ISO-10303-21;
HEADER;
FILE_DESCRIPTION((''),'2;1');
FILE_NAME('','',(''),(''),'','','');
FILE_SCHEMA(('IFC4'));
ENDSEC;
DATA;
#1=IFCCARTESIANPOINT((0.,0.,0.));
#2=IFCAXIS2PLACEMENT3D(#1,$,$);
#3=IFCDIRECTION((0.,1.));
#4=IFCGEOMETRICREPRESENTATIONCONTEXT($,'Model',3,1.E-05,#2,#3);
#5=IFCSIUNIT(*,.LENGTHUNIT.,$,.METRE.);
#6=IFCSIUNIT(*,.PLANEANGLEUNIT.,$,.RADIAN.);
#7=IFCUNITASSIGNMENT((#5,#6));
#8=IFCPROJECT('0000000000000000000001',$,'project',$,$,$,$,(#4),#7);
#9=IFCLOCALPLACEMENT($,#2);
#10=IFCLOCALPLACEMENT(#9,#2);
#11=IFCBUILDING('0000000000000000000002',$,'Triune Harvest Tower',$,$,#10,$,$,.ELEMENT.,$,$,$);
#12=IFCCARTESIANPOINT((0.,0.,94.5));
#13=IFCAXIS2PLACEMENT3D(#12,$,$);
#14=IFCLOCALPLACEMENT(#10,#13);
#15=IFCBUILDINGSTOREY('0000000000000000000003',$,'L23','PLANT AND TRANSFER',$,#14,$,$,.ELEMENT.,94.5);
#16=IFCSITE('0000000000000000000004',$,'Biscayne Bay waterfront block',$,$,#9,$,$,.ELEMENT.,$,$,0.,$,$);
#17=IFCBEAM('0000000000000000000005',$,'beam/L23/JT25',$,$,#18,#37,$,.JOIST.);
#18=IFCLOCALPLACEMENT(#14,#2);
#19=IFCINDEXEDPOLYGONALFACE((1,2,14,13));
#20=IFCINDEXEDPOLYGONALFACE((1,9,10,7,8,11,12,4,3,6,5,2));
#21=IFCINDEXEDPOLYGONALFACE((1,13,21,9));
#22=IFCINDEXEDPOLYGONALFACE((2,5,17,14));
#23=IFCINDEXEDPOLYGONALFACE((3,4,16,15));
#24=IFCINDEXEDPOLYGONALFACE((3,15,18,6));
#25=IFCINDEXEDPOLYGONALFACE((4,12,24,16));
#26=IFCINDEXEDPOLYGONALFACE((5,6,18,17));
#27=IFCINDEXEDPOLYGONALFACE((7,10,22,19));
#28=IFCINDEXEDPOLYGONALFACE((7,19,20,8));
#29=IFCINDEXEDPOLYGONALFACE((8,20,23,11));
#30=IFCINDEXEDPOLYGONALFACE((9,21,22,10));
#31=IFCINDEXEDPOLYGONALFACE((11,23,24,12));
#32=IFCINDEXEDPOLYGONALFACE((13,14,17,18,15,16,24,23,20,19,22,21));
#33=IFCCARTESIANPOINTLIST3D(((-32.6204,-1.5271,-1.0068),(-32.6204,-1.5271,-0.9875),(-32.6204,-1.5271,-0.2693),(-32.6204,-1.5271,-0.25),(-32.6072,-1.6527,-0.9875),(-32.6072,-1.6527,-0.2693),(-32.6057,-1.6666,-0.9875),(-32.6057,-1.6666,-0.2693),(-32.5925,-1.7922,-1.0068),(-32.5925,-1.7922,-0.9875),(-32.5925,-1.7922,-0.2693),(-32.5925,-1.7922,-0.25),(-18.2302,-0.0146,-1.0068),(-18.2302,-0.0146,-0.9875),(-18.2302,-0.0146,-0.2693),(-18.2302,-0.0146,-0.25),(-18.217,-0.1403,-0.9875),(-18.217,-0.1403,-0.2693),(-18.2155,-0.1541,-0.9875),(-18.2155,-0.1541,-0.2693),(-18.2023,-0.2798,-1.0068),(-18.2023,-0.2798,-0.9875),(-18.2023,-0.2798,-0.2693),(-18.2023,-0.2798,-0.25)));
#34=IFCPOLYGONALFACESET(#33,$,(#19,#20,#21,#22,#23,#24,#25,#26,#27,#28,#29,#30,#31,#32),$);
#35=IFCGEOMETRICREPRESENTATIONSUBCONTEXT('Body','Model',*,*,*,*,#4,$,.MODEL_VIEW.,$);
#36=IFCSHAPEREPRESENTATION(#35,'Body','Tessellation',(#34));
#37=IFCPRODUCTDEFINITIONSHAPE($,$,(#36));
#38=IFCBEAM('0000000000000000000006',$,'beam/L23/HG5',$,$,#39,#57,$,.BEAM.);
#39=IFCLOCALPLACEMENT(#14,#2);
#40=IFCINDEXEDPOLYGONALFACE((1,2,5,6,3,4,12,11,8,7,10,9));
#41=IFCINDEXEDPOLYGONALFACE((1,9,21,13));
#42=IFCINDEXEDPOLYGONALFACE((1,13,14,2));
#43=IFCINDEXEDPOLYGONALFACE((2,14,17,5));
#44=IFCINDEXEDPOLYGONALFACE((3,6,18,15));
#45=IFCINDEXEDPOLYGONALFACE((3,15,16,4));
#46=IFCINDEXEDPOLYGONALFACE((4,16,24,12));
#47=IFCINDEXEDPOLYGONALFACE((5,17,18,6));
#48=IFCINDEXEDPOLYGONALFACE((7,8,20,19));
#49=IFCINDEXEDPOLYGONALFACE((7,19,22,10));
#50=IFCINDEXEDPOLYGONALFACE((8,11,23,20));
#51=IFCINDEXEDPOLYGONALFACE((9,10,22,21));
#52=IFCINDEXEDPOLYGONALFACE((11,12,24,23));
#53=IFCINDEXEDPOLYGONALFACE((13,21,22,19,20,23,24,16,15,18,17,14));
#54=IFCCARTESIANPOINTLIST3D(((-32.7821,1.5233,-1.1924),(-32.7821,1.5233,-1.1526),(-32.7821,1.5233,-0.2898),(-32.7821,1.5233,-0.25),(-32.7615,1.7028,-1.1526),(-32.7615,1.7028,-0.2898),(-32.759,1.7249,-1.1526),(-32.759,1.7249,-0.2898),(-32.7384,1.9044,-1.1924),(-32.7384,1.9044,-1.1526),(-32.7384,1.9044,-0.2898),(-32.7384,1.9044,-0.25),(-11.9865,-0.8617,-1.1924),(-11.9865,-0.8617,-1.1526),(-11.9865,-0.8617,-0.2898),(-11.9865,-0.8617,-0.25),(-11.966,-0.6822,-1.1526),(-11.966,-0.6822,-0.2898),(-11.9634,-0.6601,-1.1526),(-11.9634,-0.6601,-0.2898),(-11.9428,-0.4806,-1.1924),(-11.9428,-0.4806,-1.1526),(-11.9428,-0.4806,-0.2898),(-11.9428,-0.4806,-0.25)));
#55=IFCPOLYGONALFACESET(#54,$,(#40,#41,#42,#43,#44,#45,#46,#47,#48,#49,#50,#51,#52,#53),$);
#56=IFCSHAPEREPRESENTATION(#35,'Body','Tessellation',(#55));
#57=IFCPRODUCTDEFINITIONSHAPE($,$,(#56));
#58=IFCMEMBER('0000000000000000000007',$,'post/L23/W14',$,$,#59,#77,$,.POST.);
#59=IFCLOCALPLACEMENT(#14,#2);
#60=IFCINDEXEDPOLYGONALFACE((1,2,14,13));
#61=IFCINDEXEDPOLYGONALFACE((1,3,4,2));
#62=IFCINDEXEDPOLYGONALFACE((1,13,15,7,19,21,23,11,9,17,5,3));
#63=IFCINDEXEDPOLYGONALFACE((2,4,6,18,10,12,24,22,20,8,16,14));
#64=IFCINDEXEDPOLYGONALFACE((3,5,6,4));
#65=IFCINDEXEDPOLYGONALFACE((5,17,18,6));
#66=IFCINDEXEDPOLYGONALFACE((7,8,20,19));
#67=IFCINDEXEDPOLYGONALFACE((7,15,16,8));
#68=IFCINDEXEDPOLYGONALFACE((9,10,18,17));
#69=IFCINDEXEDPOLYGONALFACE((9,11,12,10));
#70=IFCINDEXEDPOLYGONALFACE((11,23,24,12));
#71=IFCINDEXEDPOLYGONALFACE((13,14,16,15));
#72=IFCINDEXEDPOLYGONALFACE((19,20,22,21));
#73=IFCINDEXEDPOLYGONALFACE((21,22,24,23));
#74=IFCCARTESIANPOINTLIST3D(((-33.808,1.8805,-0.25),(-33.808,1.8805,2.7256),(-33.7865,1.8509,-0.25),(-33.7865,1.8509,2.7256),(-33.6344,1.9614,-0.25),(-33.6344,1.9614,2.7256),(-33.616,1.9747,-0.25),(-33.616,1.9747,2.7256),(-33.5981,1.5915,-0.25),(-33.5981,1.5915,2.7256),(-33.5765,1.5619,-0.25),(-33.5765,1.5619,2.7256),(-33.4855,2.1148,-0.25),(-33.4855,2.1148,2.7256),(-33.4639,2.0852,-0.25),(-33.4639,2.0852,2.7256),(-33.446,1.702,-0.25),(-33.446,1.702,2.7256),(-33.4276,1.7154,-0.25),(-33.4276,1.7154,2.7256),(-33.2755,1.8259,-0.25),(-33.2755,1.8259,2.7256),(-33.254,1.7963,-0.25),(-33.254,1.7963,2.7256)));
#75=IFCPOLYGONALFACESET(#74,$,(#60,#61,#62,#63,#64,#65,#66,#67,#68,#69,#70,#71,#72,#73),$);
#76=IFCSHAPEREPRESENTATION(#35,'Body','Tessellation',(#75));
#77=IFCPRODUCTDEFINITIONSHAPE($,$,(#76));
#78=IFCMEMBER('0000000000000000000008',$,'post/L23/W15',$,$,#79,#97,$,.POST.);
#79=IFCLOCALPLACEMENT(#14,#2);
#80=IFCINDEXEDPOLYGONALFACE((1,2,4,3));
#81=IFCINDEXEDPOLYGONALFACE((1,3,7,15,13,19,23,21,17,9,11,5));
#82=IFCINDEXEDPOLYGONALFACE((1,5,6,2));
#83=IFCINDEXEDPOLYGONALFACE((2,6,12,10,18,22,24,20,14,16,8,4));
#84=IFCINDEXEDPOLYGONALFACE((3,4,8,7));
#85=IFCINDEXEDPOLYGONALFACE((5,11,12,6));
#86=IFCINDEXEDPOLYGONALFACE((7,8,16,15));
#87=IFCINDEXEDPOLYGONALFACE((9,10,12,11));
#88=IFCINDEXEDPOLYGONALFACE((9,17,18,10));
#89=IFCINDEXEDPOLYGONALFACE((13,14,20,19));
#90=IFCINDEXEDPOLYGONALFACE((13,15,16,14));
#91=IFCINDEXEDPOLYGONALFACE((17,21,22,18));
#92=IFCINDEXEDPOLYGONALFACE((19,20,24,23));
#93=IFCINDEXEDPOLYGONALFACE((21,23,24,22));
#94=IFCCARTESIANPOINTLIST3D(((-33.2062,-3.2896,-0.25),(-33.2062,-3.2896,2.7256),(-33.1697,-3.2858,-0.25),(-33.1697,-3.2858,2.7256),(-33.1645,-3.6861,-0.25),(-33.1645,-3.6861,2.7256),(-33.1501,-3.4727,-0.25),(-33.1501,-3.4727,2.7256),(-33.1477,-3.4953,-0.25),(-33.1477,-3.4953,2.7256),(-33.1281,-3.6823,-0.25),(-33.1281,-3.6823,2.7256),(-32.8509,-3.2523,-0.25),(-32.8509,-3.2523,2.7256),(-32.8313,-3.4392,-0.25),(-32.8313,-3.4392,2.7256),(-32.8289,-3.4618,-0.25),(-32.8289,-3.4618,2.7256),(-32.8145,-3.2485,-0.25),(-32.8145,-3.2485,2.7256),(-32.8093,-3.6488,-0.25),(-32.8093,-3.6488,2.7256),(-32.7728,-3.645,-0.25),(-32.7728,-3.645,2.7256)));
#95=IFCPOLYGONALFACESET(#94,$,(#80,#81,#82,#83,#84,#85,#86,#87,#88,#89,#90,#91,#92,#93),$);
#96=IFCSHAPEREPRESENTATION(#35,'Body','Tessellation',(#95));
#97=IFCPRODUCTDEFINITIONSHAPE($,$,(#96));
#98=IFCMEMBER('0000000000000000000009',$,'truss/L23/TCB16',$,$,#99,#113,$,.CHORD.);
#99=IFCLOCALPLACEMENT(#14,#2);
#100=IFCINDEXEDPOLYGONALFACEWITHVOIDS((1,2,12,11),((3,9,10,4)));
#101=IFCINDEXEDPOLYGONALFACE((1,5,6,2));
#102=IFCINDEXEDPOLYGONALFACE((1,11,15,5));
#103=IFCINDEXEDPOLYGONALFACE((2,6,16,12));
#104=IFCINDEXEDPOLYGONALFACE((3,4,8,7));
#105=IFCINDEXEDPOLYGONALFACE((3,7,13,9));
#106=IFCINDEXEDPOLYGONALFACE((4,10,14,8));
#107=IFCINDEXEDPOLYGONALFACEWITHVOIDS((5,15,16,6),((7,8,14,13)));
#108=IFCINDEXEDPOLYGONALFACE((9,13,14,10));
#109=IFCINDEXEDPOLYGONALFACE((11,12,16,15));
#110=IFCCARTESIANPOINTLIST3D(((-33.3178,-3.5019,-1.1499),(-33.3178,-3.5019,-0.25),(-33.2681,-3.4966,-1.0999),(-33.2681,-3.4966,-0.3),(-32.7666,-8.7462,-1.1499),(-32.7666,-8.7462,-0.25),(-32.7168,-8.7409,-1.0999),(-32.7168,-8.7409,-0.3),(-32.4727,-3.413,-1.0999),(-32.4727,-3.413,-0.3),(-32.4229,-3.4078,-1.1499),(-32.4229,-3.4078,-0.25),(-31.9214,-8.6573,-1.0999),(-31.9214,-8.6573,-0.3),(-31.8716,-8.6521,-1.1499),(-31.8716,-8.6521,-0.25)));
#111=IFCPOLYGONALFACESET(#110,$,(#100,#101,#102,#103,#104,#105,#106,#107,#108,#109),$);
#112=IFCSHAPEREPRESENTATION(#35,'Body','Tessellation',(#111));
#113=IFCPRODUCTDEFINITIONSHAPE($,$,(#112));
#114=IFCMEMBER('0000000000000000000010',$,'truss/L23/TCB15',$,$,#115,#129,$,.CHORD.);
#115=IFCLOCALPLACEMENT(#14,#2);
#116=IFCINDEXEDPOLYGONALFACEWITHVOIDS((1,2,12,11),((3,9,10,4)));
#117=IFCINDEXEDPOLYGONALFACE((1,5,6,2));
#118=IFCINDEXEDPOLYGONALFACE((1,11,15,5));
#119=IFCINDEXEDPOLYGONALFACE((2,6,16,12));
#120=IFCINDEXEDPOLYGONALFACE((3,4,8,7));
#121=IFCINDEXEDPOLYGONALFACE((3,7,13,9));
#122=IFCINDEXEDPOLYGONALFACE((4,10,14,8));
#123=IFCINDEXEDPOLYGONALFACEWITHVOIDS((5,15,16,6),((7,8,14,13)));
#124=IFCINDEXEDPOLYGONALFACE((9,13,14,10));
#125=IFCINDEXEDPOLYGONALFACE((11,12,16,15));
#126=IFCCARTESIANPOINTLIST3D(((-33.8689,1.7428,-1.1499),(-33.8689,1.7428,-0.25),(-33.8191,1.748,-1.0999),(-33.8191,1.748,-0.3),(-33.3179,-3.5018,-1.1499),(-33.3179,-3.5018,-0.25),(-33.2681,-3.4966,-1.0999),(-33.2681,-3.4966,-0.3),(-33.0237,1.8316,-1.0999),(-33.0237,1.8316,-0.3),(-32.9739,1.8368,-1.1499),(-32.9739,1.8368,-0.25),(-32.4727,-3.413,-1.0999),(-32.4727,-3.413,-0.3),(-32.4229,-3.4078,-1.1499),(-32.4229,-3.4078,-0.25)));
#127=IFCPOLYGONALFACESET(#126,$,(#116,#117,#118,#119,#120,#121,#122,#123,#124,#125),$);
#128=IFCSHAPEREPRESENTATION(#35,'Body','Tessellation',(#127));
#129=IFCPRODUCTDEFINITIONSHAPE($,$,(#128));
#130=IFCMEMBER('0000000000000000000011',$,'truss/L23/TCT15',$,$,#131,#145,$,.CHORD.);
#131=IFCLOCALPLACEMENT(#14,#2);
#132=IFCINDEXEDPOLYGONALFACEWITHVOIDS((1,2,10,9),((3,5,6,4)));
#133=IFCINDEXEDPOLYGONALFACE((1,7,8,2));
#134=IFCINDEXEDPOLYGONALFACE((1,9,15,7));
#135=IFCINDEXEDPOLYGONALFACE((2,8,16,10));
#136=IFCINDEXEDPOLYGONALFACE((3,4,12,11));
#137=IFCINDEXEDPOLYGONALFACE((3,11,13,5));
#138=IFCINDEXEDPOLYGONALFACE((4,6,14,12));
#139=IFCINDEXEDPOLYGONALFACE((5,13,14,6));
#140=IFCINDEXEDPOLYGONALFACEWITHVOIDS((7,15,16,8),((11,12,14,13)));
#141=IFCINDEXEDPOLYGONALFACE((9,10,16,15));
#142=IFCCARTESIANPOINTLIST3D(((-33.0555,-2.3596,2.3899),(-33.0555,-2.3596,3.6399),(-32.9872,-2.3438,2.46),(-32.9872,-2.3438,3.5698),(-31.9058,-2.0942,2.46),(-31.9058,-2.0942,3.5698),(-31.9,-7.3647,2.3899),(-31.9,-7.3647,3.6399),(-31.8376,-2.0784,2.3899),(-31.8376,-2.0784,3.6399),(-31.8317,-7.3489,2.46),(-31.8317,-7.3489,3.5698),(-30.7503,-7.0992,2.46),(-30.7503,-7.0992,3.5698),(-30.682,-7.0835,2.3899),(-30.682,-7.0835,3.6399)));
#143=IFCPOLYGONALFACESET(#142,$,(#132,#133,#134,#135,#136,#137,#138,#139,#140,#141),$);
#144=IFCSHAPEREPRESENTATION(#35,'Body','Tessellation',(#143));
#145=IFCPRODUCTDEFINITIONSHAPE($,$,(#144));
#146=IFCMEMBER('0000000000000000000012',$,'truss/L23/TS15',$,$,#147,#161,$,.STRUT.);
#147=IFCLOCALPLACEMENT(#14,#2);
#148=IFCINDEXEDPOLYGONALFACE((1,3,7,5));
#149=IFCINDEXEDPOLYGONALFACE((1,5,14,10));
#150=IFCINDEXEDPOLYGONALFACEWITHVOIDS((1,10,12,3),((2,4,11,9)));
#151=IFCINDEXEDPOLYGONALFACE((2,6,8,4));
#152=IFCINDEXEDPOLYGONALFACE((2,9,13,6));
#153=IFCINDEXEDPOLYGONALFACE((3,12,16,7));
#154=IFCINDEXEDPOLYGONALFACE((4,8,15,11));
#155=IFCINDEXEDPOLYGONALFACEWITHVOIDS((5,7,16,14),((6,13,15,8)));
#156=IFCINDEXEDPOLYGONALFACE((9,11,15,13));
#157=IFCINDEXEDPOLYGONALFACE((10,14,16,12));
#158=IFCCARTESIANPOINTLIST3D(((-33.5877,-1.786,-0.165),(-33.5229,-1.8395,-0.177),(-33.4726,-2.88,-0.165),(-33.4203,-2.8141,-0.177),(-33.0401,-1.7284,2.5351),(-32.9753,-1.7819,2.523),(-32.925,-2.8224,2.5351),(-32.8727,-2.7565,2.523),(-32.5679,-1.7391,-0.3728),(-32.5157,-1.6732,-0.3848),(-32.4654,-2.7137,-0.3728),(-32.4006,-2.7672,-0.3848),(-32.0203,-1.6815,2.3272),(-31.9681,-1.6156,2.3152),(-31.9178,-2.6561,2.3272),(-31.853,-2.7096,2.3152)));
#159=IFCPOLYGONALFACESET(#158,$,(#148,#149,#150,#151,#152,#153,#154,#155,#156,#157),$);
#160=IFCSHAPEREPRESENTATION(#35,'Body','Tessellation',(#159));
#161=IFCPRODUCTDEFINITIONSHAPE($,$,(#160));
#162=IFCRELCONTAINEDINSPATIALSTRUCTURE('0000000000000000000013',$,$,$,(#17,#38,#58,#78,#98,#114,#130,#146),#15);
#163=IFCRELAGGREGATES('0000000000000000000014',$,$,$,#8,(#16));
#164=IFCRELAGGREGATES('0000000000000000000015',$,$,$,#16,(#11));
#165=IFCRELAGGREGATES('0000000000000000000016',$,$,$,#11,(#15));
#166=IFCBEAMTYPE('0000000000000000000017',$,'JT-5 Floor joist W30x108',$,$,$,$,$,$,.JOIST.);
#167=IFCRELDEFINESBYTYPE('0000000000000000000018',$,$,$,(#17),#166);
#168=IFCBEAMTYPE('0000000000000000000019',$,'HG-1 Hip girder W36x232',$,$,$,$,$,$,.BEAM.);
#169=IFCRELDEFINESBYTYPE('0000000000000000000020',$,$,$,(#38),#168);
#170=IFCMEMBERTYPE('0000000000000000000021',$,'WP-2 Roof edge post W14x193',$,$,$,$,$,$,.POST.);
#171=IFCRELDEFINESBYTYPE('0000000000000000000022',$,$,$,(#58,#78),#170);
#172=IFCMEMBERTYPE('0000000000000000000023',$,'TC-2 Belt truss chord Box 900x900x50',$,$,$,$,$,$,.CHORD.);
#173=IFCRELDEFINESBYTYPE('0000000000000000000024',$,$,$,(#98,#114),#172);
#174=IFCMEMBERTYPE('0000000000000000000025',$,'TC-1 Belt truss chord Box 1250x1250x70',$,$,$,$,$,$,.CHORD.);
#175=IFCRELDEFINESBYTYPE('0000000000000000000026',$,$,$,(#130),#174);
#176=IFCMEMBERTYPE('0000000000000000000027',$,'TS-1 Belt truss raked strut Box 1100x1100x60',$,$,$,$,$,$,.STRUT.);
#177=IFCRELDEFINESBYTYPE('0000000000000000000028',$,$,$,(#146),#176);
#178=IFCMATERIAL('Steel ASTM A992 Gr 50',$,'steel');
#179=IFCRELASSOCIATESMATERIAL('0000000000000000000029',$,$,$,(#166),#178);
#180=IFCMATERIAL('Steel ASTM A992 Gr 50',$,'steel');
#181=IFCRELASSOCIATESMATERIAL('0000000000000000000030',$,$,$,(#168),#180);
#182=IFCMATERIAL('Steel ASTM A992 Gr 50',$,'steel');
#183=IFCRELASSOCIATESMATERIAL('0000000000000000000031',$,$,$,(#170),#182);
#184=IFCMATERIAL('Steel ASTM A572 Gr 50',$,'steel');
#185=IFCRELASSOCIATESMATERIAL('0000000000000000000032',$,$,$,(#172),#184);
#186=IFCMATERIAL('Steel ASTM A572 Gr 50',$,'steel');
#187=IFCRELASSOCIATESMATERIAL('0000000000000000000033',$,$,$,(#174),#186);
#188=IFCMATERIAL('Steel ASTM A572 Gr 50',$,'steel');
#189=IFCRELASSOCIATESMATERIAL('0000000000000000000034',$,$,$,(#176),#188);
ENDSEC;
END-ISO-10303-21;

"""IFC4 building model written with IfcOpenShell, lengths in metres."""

from ifc_helpers import new_model, si_unit, direction, frame, origin, origin_2d, place, context, subcontext, project, spatial, hollow_rectangle, i_section, extrude, source, transform, mapped, material, material_profile, profile_set, type_object, element, save


model = new_model("IFC4")

# Units and contexts
model_context = context("Model", 3, precision=1e-05, world=origin(), true_north=direction((0.0, 1.0)))
body_context = subcontext(model_context, "Body", "Model", "MODEL_VIEW")
ifc_project = project(units=[si_unit("LENGTHUNIT", "METRE"), si_unit("PLANEANGLEUNIT", "RADIAN")], contexts=[model_context])

# Site, building, storey
site_placement = place(None, origin())
site = spatial("IfcSite", under=ifc_project, at=site_placement, Name="Biscayne Bay waterfront block", CompositionType="ELEMENT", RefElevation=0.0)
building_placement = place(site_placement, origin())
building = spatial("IfcBuilding", under=site, at=building_placement, Name="Triune Harvest Tower", CompositionType="ELEMENT")
storey_placement = place(building_placement, frame((0.0, 0.0, 94.5)))
storey = spatial("IfcBuildingStorey", under=building, at=storey_placement, Name="L23", Description="PLANT AND TRANSFER", CompositionType="ELEMENT", Elevation=94.5)

# Beams
ifc_material_1 = material(Name="Steel ASTM A992 Gr 50", Category="steel")
ifc_material_profile_1 = material_profile(ifc_material_1, i_section(OverallWidth=0.2666, OverallDepth=0.7568, WebThickness=0.0139, FlangeThickness=0.0193, at=origin_2d()), Name="W30x108")
ifc_profile_set_1 = profile_set([ifc_material_profile_1], Name="Steel ASTM A992 Gr 50")
beam_type_1 = type_object("IfcBeamType", Name="JT-5 Floor joist W30x108", PredefinedType="JOIST", material=ifc_profile_set_1)
beam_1_placement = place(storey_placement, frame((-32.6064, -1.6597, -0.6284), z_axis=(0.994522, 0.104528, 0.0), x_axis=(-0.104528, 0.994522, 0.0)))
element("IfcBeam", 1, at=beam_1_placement, inside=storey, type_object=beam_type_1, Name="beam/L23/JT25", PredefinedType="JOIST", context=body_context, shape_type="SweptSolid", body=[
    extrude(i_section(OverallWidth=0.2666, OverallDepth=0.7568, WebThickness=0.0139, FlangeThickness=0.0193, at=origin_2d()), origin(), (0.0, 0.0, 1.0), 14.4695),
])
ifc_material_2 = material(Name="Steel ASTM A992 Gr 50", Category="steel")
ifc_material_profile_2 = material_profile(ifc_material_2, i_section(OverallWidth=0.3835, OverallDepth=0.9424, WebThickness=0.0222, FlangeThickness=0.0398, at=origin_2d()), Name="W36x232")
ifc_profile_set_2 = profile_set([ifc_material_profile_2], Name="Steel ASTM A992 Gr 50")
beam_type_2 = type_object("IfcBeamType", Name="HG-1 Hip girder W36x232", PredefinedType="BEAM", material=ifc_profile_set_2)
shared_shape_1 = source(origin(), body_context, "Body", "SweptSolid", [
    extrude(i_section(OverallWidth=0.3835, OverallDepth=0.9424, WebThickness=0.0222, FlangeThickness=0.0398, at=origin_2d()), origin(), (0.0, 0.0, 1.0), 20.9319),
])
beam_2_placement = place(storey_placement, frame((-32.7603, 1.7139, -0.7212), z_axis=(0.993488, -0.113941, 0.0), x_axis=(0.113941, 0.993488, 0.0)))
element("IfcBeam", 2, at=beam_2_placement, inside=storey, type_object=beam_type_2, Name="beam/L23/HG5", PredefinedType="BEAM", context=body_context, shape_type="MappedRepresentation", body=[
    mapped(shared_shape_1, transform((0.0, 0.0, 0.0), scale=1.0)),
])

# Members
ifc_material_3 = material(Name="Steel ASTM A992 Gr 50", Category="steel")
ifc_material_profile_3 = material_profile(ifc_material_3, i_section(OverallWidth=0.3987, OverallDepth=0.3938, WebThickness=0.0227, FlangeThickness=0.0366, at=origin_2d()), Name="W14x193")
ifc_profile_set_3 = profile_set([ifc_material_profile_3], Name="Steel ASTM A992 Gr 50")
member_type_1 = type_object("IfcMemberType", Name="WP-2 Roof edge post W14x193", PredefinedType="POST", material=ifc_profile_set_3)
shared_shape_2 = source(origin(), body_context, "Body", "SweptSolid", [
    extrude(i_section(OverallWidth=0.3987, OverallDepth=0.3938, WebThickness=0.0227, FlangeThickness=0.0366, at=origin_2d()), origin(), (0.0, 0.0, 1.0), 2.9756),
])
for number, where, z_axis, x_axis, name in (
    (3, (-33.531, 1.8384, -0.25), (0.0, 0.0, 1.0), (-0.809017, -0.587785, 0.0), "post/L23/W14"),
    (4, (-32.9895, -3.4673, -0.25), (0.0, 0.0, 1.0), (0.104528, -0.994522, 0.0), "post/L23/W15"),
):
    element("IfcMember", number, at=place(storey_placement, frame(where, z_axis=z_axis, x_axis=x_axis)), inside=storey, type_object=member_type_1, Name=name, PredefinedType="POST", context=body_context, shape_type="MappedRepresentation", body=[
        mapped(shared_shape_2, transform((0.0, 0.0, 0.0), scale=1.0)),
    ])
ifc_material_4 = material(Name="Steel ASTM A572 Gr 50", Category="steel")
ifc_material_profile_4 = material_profile(ifc_material_4, hollow_rectangle(XDim=0.8999, YDim=0.8999, WallThickness=0.05, at=origin_2d()), Name="Box 900x900x50")
ifc_profile_set_4 = profile_set([ifc_material_profile_4], Name="Steel ASTM A572 Gr 50")
member_type_2 = type_object("IfcMemberType", Name="TC-2 Belt truss chord Box 900x900x50", PredefinedType="CHORD", material=ifc_profile_set_4)
shared_shape_3 = source(origin(), body_context, "Body", "SweptSolid", [
    extrude(hollow_rectangle(XDim=0.8999, YDim=0.8999, WallThickness=0.05, at=origin_2d()), origin(), (0.0, 0.0, 1.0), 5.2732),
])
member_1_placement = place(storey_placement, frame((-32.8704, -3.4548, -0.7), z_axis=(0.10454, -0.994521, 0.0), x_axis=(0.994521, 0.10454, 0.0)))
element("IfcMember", 5, at=member_1_placement, inside=storey, type_object=member_type_2, Name="truss/L23/TCB16", PredefinedType="CHORD", context=body_context, shape_type="MappedRepresentation", body=[
    mapped(shared_shape_3, transform((0.0, 0.0, 0.0), scale=1.0)),
])
shared_shape_4 = source(origin(), body_context, "Body", "SweptSolid", [
    extrude(hollow_rectangle(XDim=0.8999, YDim=0.8999, WallThickness=0.05, at=origin_2d()), origin(), (0.0, 0.0, 1.0), 5.2734),
])
member_2_placement = place(storey_placement, frame((-33.4214, 1.7898, -0.7), z_axis=(0.10449, -0.994526, 0.0), x_axis=(0.994526, 0.10449, 0.0)))
element("IfcMember", 6, at=member_2_placement, inside=storey, type_object=member_type_2, Name="truss/L23/TCB15", PredefinedType="CHORD", context=body_context, shape_type="MappedRepresentation", body=[
    mapped(shared_shape_4, transform((0.0, 0.0, 0.0), scale=1.0)),
])
ifc_material_5 = material(Name="Steel ASTM A572 Gr 50", Category="steel")
ifc_material_profile_5 = material_profile(ifc_material_5, hollow_rectangle(XDim=1.25, YDim=1.25, WallThickness=0.0701, at=origin_2d()), Name="Box 1250x1250x70")
ifc_profile_set_5 = profile_set([ifc_material_profile_5], Name="Steel ASTM A572 Gr 50")
member_type_3 = type_object("IfcMemberType", Name="TC-1 Belt truss chord Box 1250x1250x70", PredefinedType="CHORD", material=ifc_profile_set_5)
shared_shape_5 = source(origin(), body_context, "Body", "SweptSolid", [
    extrude(hollow_rectangle(XDim=1.25, YDim=1.25, WallThickness=0.0701, at=origin_2d()), origin(), (0.0, 0.0, 1.0), 5.1367),
])
member_3_placement = place(storey_placement, frame((-32.4465, -2.219, 3.0149), z_axis=(0.22495, -0.97437, 0.0), x_axis=(0.97437, 0.22495, 0.0)))
element("IfcMember", 7, at=member_3_placement, inside=storey, type_object=member_type_3, Name="truss/L23/TCT15", PredefinedType="CHORD", context=body_context, shape_type="MappedRepresentation", body=[
    mapped(shared_shape_5, transform((0.0, 0.0, 0.0), scale=1.0)),
])
ifc_material_6 = material(Name="Steel ASTM A572 Gr 50", Category="steel")
ifc_material_profile_6 = material_profile(ifc_material_6, hollow_rectangle(XDim=1.1001, YDim=1.1001, WallThickness=0.0601, at=origin_2d()), Name="Box 1100x1100x60")
ifc_profile_set_6 = profile_set([ifc_material_profile_6], Name="Steel ASTM A572 Gr 50")
member_type_4 = type_object("IfcMemberType", Name="TS-1 Belt truss raked strut Box 1100x1100x60", PredefinedType="STRUT", material=ifc_profile_set_6)
shared_shape_6 = source(origin(), body_context, "Body", "SweptSolid", [
    extrude(hollow_rectangle(XDim=1.1001, YDim=1.1001, WallThickness=0.0601, at=origin_2d()), origin(), (0.0, 0.0, 1.0), 2.7556),
])
member_4_placement = place(storey_placement, frame((-32.9941, -2.2766, -0.2749), z_axis=(0.198731, 0.02091, 0.979831), x_axis=(-0.104639, 0.99451, 0.0)))
element("IfcMember", 8, at=member_4_placement, inside=storey, type_object=member_type_4, Name="truss/L23/TS15", PredefinedType="STRUT", context=body_context, shape_type="MappedRepresentation", body=[
    mapped(shared_shape_6, transform((0.0, 0.0, 0.0), scale=1.0)),
])

save(model, "model.ifc")
